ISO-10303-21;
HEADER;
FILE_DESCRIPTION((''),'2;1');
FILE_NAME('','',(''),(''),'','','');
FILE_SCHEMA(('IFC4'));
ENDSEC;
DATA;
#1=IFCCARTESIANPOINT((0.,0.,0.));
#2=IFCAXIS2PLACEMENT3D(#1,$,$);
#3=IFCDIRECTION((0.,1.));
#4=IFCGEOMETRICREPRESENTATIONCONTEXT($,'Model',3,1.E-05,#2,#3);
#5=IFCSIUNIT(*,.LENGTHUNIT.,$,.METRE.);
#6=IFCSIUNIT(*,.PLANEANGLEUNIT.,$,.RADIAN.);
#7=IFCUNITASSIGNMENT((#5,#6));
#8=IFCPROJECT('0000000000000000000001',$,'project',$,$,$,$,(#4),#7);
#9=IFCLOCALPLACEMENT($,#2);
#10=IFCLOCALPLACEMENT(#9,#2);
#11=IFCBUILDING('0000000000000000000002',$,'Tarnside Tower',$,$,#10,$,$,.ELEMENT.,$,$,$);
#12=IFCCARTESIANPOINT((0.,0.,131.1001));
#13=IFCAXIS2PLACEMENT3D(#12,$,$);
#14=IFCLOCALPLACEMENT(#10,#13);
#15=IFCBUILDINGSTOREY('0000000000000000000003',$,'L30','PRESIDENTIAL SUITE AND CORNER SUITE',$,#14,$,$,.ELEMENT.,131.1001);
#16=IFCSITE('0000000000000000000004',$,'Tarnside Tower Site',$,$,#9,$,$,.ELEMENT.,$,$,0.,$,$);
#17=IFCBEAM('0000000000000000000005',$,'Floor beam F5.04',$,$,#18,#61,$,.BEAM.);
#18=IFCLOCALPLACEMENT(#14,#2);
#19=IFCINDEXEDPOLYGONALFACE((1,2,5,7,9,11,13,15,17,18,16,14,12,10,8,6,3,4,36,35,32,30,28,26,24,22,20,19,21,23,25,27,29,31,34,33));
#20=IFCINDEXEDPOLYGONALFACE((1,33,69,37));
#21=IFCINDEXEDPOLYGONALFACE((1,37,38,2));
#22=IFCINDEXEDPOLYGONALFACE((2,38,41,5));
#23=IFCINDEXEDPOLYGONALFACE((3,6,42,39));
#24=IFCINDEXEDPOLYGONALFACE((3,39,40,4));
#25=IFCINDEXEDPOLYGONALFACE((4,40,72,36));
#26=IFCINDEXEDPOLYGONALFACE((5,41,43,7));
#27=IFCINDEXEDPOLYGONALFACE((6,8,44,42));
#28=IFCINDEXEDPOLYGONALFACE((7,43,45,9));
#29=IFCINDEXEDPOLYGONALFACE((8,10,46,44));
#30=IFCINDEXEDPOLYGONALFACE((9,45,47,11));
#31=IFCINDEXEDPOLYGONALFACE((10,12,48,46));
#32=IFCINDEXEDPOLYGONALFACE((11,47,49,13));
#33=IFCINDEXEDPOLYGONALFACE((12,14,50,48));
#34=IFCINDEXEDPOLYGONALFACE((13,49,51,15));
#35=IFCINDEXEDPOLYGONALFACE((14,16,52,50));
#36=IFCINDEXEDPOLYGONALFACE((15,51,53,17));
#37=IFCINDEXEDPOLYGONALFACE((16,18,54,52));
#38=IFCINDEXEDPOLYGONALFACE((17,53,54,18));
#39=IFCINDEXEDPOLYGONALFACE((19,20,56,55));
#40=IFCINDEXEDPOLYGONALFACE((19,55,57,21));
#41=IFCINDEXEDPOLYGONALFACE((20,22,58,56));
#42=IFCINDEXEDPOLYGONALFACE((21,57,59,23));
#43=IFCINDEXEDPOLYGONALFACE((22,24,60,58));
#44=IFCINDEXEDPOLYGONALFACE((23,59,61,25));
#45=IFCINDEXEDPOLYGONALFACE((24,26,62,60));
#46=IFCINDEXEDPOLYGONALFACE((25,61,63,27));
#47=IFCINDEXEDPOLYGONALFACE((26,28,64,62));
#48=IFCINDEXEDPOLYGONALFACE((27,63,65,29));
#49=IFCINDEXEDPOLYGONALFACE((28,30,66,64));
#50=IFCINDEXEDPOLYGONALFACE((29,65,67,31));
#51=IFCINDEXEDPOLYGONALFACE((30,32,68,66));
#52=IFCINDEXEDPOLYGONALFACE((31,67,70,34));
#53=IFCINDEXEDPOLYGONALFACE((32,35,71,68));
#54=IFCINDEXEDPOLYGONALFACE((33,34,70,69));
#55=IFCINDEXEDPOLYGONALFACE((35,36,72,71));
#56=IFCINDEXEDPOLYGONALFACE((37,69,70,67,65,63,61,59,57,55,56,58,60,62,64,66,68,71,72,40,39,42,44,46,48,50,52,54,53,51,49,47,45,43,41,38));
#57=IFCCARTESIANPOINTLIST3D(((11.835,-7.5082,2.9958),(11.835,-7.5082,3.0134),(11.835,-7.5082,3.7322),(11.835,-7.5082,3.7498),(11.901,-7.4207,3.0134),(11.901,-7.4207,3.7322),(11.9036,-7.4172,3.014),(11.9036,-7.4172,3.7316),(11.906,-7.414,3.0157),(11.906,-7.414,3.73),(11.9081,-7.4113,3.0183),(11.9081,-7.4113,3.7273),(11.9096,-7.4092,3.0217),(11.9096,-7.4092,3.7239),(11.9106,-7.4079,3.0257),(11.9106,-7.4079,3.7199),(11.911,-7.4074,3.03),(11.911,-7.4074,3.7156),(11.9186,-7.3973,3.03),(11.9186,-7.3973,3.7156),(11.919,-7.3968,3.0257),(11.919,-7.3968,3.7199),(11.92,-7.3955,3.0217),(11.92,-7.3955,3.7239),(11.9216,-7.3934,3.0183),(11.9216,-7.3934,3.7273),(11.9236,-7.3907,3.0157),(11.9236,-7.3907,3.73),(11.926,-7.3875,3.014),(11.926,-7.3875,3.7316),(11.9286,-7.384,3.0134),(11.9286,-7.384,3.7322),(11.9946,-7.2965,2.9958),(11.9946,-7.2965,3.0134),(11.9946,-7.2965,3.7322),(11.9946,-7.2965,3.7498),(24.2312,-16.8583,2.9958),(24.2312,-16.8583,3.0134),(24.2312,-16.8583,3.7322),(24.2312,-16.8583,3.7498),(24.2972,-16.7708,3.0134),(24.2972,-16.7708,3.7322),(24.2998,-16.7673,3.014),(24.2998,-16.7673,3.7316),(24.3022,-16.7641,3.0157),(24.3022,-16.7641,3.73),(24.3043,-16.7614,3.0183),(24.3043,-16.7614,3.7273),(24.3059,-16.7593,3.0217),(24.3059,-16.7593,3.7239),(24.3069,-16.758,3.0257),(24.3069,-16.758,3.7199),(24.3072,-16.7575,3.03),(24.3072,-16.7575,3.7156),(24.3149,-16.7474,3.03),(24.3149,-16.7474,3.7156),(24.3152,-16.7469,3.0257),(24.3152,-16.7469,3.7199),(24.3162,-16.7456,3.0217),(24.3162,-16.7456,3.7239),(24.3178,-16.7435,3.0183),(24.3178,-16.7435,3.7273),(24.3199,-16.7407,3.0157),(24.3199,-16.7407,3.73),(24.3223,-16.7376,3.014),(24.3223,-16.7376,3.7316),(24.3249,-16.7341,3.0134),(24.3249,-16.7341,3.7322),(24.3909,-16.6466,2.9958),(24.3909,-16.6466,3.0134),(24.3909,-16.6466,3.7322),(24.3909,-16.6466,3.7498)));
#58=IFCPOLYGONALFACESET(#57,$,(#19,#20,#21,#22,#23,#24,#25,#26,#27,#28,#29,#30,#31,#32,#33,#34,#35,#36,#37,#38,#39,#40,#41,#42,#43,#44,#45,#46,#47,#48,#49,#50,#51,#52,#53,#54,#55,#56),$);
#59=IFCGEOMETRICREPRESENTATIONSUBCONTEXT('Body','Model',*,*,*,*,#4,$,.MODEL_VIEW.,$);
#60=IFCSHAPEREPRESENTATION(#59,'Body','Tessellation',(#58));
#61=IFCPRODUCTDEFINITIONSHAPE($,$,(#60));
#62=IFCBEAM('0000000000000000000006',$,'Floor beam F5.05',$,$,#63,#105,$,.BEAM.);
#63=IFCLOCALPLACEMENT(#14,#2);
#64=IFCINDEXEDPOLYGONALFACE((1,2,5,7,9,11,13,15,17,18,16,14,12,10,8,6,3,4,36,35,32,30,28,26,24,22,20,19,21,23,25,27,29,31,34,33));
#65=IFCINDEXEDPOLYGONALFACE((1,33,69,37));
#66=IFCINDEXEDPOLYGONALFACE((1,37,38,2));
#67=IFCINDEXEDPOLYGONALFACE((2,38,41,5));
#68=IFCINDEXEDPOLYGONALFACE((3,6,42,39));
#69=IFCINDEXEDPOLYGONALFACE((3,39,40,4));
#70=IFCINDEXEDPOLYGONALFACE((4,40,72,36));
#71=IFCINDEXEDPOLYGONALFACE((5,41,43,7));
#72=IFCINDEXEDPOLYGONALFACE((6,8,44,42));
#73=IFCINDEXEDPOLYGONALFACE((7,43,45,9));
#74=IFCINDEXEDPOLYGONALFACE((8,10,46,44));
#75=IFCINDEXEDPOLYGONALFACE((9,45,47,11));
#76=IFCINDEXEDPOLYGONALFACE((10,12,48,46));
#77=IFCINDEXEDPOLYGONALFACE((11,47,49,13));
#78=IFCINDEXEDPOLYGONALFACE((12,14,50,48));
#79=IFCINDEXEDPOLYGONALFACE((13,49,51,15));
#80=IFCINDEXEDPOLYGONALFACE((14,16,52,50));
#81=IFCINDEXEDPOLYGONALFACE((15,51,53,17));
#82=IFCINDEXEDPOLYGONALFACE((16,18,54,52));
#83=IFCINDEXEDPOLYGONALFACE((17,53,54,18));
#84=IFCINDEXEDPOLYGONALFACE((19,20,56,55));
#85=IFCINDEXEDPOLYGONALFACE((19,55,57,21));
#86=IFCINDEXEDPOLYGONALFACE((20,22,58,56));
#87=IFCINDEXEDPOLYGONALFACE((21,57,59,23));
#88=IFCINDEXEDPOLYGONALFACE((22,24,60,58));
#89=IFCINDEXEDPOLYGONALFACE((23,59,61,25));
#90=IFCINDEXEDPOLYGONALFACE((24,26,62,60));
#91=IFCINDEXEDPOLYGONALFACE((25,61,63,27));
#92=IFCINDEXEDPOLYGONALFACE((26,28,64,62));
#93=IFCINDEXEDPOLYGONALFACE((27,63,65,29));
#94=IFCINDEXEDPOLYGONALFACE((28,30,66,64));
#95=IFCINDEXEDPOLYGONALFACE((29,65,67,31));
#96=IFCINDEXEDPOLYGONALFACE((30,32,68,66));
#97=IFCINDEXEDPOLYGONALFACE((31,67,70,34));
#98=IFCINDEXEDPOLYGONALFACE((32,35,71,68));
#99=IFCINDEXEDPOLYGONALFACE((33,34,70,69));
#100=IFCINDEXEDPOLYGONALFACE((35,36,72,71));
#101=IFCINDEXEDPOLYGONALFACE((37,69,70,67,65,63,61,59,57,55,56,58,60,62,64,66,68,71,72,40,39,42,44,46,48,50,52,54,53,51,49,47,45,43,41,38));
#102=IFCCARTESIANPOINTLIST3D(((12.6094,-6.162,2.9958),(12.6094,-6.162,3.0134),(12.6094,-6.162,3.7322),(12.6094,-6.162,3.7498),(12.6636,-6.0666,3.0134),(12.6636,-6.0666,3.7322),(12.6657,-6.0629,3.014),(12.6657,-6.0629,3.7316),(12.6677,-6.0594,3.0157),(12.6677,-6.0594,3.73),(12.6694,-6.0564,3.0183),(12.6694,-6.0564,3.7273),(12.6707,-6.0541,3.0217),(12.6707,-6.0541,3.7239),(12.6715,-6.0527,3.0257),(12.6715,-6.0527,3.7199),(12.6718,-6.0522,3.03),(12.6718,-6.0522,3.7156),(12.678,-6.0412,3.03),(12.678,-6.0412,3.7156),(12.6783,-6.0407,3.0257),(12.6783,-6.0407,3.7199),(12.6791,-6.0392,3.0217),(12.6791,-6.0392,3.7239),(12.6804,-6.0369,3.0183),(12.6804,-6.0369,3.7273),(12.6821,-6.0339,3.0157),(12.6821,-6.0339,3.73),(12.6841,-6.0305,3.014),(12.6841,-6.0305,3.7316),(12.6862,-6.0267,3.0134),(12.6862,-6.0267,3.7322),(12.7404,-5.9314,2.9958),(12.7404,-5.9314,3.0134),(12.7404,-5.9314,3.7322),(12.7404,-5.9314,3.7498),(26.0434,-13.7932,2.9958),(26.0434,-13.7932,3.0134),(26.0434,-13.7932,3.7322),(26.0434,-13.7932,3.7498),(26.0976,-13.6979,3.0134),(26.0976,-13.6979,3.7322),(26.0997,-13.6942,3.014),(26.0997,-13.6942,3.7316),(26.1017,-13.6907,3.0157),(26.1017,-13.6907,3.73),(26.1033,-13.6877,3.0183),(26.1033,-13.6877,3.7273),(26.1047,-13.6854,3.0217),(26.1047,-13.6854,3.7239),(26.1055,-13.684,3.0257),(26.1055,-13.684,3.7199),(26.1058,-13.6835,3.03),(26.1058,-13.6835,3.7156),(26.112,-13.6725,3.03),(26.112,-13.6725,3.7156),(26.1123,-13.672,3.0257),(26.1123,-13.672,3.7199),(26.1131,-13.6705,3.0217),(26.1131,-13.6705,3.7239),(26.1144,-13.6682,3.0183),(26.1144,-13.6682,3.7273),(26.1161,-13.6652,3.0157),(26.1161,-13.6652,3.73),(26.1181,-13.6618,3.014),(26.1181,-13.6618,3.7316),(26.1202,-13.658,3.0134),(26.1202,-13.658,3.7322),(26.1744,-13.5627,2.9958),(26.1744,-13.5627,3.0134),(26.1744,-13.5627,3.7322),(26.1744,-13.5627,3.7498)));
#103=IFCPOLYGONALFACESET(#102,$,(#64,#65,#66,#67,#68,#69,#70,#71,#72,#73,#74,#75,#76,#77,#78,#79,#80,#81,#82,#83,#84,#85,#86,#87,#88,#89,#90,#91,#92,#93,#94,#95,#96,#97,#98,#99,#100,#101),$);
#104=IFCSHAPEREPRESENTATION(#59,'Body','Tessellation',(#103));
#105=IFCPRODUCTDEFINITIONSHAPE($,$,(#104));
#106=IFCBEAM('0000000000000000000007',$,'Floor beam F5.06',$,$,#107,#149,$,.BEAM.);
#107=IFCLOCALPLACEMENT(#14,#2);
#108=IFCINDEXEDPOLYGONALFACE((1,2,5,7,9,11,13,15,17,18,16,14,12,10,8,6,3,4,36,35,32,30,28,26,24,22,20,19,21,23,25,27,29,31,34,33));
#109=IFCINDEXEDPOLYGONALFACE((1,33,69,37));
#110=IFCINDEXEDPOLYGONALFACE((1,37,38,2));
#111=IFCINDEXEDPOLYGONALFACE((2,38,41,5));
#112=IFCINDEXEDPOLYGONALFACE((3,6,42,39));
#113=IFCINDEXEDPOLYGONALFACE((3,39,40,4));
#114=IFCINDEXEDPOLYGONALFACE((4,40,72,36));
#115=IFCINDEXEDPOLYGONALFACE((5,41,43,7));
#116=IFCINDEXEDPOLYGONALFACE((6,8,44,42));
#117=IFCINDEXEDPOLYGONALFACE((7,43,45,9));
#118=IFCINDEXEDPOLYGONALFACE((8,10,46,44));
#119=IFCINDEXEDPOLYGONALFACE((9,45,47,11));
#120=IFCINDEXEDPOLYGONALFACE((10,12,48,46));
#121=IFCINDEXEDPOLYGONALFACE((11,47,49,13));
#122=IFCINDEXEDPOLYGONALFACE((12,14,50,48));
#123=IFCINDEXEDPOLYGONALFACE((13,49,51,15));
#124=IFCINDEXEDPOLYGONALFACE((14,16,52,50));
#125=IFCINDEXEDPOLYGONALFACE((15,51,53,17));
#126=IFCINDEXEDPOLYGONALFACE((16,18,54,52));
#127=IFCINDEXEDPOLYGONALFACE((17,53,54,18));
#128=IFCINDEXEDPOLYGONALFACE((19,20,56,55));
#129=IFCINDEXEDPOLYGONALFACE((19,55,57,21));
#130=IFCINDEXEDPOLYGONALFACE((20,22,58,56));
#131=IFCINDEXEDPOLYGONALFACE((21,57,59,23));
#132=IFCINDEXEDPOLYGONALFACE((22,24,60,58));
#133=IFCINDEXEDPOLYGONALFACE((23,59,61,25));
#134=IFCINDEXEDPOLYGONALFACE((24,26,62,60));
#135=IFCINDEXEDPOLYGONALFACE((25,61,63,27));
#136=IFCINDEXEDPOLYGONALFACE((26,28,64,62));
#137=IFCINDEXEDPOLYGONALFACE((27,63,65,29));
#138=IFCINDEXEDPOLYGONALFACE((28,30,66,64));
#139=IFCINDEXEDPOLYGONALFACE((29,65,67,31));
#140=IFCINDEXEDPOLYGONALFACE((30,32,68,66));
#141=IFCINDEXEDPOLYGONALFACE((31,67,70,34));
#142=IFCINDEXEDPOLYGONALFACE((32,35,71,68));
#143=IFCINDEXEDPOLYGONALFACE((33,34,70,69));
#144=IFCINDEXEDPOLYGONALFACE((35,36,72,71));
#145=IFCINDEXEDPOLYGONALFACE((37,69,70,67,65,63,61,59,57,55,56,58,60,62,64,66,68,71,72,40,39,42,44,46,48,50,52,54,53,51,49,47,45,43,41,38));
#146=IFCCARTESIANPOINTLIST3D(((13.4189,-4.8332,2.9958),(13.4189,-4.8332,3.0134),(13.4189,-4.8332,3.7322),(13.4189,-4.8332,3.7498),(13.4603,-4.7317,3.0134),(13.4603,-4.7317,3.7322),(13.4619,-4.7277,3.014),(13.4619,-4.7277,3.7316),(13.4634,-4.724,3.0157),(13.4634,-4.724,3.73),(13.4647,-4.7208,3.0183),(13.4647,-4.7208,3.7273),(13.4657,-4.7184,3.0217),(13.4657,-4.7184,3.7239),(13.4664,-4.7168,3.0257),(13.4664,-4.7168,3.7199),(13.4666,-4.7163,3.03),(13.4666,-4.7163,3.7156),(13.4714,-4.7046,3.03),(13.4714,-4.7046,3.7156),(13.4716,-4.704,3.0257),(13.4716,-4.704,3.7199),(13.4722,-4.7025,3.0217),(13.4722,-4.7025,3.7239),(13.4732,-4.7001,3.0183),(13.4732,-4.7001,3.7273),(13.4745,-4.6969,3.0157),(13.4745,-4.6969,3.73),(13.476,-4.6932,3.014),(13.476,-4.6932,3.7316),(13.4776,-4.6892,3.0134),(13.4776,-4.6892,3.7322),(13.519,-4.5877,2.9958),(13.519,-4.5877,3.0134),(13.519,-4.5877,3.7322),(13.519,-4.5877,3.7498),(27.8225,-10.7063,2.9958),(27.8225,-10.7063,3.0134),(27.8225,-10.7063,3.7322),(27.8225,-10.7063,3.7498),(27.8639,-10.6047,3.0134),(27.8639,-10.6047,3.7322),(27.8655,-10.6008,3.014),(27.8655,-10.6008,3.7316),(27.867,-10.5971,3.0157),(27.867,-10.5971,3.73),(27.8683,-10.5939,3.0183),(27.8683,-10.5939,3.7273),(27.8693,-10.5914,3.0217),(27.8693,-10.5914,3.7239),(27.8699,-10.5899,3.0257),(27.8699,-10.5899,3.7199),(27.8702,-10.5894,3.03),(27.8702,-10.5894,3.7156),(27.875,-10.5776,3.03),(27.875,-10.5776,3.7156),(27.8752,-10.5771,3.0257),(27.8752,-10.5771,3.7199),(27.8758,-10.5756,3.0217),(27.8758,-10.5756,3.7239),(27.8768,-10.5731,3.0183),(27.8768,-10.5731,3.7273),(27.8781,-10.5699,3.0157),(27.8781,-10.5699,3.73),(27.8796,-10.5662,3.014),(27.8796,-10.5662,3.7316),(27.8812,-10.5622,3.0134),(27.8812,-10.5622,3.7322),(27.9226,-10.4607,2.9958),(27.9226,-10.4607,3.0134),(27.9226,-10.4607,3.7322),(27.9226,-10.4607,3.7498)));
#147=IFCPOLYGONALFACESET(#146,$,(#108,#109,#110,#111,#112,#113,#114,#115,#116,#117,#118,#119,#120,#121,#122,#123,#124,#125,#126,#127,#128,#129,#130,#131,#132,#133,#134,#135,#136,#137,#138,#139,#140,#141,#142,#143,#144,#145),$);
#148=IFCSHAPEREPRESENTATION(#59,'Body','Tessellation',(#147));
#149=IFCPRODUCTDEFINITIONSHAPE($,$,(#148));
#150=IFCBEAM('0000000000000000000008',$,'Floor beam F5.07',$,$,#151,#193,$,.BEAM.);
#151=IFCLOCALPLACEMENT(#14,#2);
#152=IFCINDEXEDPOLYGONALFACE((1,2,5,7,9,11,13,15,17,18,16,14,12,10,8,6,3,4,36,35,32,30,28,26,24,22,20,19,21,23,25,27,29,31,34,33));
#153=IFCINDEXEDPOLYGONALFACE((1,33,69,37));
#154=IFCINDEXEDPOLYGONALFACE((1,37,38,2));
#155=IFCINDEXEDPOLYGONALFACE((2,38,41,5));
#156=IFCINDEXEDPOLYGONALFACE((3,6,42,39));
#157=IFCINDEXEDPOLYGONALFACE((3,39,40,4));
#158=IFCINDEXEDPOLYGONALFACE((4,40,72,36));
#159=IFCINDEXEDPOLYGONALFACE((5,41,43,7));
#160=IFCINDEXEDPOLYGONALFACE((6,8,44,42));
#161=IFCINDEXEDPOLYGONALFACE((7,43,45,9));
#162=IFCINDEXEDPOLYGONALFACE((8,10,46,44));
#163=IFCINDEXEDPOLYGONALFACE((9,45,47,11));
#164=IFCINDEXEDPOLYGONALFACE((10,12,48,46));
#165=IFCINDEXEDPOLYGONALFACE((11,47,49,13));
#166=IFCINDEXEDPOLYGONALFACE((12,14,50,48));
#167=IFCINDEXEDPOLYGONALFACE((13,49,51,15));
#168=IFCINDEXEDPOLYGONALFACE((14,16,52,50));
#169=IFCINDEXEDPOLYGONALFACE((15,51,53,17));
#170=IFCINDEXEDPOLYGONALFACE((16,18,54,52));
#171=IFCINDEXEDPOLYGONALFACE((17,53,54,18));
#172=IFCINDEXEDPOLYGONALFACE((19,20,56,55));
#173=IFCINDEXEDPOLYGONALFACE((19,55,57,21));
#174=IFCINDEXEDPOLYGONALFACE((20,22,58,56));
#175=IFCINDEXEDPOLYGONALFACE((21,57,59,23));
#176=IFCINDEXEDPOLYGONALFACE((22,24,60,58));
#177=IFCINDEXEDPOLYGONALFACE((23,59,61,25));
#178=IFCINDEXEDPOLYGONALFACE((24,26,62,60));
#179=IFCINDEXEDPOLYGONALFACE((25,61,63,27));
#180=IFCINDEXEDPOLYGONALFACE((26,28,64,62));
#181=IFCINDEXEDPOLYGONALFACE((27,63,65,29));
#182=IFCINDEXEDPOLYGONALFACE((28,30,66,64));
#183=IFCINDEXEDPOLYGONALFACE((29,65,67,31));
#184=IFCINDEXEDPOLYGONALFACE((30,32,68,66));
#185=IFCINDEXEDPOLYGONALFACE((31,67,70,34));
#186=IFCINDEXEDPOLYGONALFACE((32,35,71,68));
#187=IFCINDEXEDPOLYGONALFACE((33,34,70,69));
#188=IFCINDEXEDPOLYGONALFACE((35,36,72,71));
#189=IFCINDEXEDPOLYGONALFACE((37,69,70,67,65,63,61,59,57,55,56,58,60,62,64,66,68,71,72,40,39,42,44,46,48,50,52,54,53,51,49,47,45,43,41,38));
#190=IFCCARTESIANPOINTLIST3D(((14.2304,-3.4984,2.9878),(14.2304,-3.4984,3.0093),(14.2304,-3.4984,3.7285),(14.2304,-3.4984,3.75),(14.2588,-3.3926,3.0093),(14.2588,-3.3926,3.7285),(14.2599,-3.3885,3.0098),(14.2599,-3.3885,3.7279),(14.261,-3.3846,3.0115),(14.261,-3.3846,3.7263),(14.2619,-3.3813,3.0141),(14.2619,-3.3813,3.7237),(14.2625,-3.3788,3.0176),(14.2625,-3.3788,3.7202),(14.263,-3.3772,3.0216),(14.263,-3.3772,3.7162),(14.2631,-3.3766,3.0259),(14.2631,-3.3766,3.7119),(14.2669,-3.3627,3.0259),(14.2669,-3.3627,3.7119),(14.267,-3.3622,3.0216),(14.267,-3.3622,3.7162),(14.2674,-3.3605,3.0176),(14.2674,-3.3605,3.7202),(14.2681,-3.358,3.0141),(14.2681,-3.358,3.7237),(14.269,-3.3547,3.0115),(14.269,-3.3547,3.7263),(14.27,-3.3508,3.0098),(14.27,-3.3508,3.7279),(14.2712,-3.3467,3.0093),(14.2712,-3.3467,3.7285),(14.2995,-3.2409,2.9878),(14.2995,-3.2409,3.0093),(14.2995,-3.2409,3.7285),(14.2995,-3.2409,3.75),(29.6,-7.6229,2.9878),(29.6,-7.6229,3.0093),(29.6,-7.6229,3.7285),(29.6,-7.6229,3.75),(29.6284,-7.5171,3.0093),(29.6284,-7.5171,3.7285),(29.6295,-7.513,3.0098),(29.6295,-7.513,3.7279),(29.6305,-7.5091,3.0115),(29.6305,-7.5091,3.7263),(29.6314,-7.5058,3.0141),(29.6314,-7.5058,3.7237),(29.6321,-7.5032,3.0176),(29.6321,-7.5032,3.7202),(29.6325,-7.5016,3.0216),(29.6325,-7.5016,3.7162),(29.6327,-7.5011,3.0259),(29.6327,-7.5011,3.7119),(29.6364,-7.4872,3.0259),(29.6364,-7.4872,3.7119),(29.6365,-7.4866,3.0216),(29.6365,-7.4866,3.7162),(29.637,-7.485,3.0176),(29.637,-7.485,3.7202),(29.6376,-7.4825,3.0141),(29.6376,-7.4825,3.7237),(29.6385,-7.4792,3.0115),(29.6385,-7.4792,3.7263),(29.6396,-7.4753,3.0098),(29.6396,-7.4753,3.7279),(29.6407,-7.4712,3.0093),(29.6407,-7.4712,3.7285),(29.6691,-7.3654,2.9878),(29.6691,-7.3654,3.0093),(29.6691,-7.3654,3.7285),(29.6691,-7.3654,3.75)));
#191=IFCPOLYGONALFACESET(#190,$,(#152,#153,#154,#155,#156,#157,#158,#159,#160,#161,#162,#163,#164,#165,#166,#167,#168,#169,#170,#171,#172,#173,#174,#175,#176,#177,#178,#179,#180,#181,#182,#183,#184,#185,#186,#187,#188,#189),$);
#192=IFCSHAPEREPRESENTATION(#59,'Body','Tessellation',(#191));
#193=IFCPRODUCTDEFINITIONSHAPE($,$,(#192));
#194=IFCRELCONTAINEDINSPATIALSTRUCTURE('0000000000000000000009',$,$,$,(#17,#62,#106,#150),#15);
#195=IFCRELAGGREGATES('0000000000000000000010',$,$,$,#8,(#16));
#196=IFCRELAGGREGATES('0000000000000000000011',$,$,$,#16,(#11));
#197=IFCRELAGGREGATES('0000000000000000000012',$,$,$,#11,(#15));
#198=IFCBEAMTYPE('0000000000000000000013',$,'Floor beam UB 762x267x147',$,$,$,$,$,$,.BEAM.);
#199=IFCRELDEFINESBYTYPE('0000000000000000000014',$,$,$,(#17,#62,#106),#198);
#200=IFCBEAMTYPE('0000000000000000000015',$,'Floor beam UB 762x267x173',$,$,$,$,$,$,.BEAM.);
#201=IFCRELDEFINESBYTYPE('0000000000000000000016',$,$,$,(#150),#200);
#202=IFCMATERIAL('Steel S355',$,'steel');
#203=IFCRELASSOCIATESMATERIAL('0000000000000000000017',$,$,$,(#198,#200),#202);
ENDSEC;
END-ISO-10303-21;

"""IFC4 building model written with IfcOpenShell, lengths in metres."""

from ifc_helpers import new_model, si_unit, direction, frame, origin, origin_2d, place, context, subcontext, project, spatial, i_section, extrude, material, material_profile, profile_set, type_object, element, save


model = new_model("IFC4")

# Units and contexts
model_context = context("Model", 3, precision=1e-05, world=origin(), true_north=direction((0.0, 1.0)))
body_context = subcontext(model_context, "Body", "Model", "MODEL_VIEW")
ifc_project = project(units=[si_unit("LENGTHUNIT", "METRE"), si_unit("PLANEANGLEUNIT", "RADIAN")], contexts=[model_context])

# Site, building, storey
site_placement = place(None, origin())
site = spatial("IfcSite", under=ifc_project, at=site_placement, Name="Tarnside Tower Site", CompositionType="ELEMENT", RefElevation=0.0)
building_placement = place(site_placement, origin())
building = spatial("IfcBuilding", under=site, at=building_placement, Name="Tarnside Tower", CompositionType="ELEMENT")
storey_placement = place(building_placement, frame((0.0, 0.0, 131.1001)))
storey = spatial("IfcBuildingStorey", under=building, at=storey_placement, Name="L30", Description="PRESIDENTIAL SUITE AND CORNER SUITE", CompositionType="ELEMENT", Elevation=131.1001)

# Beams
ifc_material_1 = material(Name="Steel S355", Category="steel")
ifc_material_profile_1 = material_profile(ifc_material_1, i_section(OverallWidth=0.2651, OverallDepth=0.7539, WebThickness=0.0127, FlangeThickness=0.0176, FilletRadius=0.0166, at=origin_2d()), Name="UB 762x267x147")
ifc_profile_set_1 = profile_set([ifc_material_profile_1], Name="Steel S355")
beam_type_1 = type_object("IfcBeamType", Name="Floor beam UB 762x267x147", PredefinedType="BEAM", material=ifc_profile_set_1)
beam_1_placement = place(storey_placement, frame((24.311, -16.7524, 3.3728), z_axis=(-0.798361, 0.602179, 0.0), x_axis=(-0.602179, -0.798361, 0.0)))
element("IfcBeam", 1, at=beam_1_placement, inside=storey, type_object=beam_type_1, Name="Floor beam F5.04", PredefinedType="BEAM", context=body_context, shape_type="SweptSolid", body=[
    extrude(i_section(OverallWidth=0.2651, OverallDepth=0.7539, WebThickness=0.0127, FlangeThickness=0.0176, FilletRadius=0.0166, at=origin_2d()), origin(), (0.0, 0.0, 1.0), 15.5271),
])
beam_2_placement = place(storey_placement, frame((26.1089, -13.678, 3.3728), z_axis=(-0.869503, 0.493929, 0.0), x_axis=(-0.493929, -0.869503, 0.0)))
element("IfcBeam", 2, at=beam_2_placement, inside=storey, type_object=beam_type_1, Name="Floor beam F5.05", PredefinedType="BEAM", context=body_context, shape_type="SweptSolid", body=[
    extrude(i_section(OverallWidth=0.2651, OverallDepth=0.7539, WebThickness=0.0127, FlangeThickness=0.0176, FilletRadius=0.0166, at=origin_2d()), origin(), (0.0, 0.0, 1.0), 15.4502),
])
beam_3_placement = place(storey_placement, frame((27.8726, -10.5835, 3.3728), z_axis=(-0.925982, 0.377569, 0.0), x_axis=(-0.377569, -0.925982, 0.0)))
element("IfcBeam", 3, at=beam_3_placement, inside=storey, type_object=beam_type_1, Name="Floor beam F5.06", PredefinedType="BEAM", context=body_context, shape_type="SweptSolid", body=[
    extrude(i_section(OverallWidth=0.2651, OverallDepth=0.7539, WebThickness=0.0127, FlangeThickness=0.0176, FilletRadius=0.0166, at=origin_2d()), origin(), (0.0, 0.0, 1.0), 15.5549),
])
ifc_material_profile_2 = material_profile(ifc_material_1, i_section(OverallWidth=0.2666, OverallDepth=0.7622, WebThickness=0.0144, FlangeThickness=0.0215, FilletRadius=0.0166, at=origin_2d()), Name="UB 762x267x173")
ifc_profile_set_2 = profile_set([ifc_material_profile_2], Name="Steel S355")
beam_type_2 = type_object("IfcBeamType", Name="Floor beam UB 762x267x173", PredefinedType="BEAM", material=ifc_profile_set_2)
beam_4_placement = place(storey_placement, frame((29.6345, -7.4941, 3.3689), z_axis=(-0.965828, 0.259184, 0.0), x_axis=(-0.259184, -0.965828, 0.0)))
element("IfcBeam", 4, at=beam_4_placement, inside=storey, type_object=beam_type_2, Name="Floor beam F5.07", PredefinedType="BEAM", context=body_context, shape_type="SweptSolid", body=[
    extrude(i_section(OverallWidth=0.2666, OverallDepth=0.7622, WebThickness=0.0144, FlangeThickness=0.0215, FilletRadius=0.0166, at=origin_2d()), origin(), (0.0, 0.0, 1.0), 15.9133),
])

save(model, "model.ifc")
